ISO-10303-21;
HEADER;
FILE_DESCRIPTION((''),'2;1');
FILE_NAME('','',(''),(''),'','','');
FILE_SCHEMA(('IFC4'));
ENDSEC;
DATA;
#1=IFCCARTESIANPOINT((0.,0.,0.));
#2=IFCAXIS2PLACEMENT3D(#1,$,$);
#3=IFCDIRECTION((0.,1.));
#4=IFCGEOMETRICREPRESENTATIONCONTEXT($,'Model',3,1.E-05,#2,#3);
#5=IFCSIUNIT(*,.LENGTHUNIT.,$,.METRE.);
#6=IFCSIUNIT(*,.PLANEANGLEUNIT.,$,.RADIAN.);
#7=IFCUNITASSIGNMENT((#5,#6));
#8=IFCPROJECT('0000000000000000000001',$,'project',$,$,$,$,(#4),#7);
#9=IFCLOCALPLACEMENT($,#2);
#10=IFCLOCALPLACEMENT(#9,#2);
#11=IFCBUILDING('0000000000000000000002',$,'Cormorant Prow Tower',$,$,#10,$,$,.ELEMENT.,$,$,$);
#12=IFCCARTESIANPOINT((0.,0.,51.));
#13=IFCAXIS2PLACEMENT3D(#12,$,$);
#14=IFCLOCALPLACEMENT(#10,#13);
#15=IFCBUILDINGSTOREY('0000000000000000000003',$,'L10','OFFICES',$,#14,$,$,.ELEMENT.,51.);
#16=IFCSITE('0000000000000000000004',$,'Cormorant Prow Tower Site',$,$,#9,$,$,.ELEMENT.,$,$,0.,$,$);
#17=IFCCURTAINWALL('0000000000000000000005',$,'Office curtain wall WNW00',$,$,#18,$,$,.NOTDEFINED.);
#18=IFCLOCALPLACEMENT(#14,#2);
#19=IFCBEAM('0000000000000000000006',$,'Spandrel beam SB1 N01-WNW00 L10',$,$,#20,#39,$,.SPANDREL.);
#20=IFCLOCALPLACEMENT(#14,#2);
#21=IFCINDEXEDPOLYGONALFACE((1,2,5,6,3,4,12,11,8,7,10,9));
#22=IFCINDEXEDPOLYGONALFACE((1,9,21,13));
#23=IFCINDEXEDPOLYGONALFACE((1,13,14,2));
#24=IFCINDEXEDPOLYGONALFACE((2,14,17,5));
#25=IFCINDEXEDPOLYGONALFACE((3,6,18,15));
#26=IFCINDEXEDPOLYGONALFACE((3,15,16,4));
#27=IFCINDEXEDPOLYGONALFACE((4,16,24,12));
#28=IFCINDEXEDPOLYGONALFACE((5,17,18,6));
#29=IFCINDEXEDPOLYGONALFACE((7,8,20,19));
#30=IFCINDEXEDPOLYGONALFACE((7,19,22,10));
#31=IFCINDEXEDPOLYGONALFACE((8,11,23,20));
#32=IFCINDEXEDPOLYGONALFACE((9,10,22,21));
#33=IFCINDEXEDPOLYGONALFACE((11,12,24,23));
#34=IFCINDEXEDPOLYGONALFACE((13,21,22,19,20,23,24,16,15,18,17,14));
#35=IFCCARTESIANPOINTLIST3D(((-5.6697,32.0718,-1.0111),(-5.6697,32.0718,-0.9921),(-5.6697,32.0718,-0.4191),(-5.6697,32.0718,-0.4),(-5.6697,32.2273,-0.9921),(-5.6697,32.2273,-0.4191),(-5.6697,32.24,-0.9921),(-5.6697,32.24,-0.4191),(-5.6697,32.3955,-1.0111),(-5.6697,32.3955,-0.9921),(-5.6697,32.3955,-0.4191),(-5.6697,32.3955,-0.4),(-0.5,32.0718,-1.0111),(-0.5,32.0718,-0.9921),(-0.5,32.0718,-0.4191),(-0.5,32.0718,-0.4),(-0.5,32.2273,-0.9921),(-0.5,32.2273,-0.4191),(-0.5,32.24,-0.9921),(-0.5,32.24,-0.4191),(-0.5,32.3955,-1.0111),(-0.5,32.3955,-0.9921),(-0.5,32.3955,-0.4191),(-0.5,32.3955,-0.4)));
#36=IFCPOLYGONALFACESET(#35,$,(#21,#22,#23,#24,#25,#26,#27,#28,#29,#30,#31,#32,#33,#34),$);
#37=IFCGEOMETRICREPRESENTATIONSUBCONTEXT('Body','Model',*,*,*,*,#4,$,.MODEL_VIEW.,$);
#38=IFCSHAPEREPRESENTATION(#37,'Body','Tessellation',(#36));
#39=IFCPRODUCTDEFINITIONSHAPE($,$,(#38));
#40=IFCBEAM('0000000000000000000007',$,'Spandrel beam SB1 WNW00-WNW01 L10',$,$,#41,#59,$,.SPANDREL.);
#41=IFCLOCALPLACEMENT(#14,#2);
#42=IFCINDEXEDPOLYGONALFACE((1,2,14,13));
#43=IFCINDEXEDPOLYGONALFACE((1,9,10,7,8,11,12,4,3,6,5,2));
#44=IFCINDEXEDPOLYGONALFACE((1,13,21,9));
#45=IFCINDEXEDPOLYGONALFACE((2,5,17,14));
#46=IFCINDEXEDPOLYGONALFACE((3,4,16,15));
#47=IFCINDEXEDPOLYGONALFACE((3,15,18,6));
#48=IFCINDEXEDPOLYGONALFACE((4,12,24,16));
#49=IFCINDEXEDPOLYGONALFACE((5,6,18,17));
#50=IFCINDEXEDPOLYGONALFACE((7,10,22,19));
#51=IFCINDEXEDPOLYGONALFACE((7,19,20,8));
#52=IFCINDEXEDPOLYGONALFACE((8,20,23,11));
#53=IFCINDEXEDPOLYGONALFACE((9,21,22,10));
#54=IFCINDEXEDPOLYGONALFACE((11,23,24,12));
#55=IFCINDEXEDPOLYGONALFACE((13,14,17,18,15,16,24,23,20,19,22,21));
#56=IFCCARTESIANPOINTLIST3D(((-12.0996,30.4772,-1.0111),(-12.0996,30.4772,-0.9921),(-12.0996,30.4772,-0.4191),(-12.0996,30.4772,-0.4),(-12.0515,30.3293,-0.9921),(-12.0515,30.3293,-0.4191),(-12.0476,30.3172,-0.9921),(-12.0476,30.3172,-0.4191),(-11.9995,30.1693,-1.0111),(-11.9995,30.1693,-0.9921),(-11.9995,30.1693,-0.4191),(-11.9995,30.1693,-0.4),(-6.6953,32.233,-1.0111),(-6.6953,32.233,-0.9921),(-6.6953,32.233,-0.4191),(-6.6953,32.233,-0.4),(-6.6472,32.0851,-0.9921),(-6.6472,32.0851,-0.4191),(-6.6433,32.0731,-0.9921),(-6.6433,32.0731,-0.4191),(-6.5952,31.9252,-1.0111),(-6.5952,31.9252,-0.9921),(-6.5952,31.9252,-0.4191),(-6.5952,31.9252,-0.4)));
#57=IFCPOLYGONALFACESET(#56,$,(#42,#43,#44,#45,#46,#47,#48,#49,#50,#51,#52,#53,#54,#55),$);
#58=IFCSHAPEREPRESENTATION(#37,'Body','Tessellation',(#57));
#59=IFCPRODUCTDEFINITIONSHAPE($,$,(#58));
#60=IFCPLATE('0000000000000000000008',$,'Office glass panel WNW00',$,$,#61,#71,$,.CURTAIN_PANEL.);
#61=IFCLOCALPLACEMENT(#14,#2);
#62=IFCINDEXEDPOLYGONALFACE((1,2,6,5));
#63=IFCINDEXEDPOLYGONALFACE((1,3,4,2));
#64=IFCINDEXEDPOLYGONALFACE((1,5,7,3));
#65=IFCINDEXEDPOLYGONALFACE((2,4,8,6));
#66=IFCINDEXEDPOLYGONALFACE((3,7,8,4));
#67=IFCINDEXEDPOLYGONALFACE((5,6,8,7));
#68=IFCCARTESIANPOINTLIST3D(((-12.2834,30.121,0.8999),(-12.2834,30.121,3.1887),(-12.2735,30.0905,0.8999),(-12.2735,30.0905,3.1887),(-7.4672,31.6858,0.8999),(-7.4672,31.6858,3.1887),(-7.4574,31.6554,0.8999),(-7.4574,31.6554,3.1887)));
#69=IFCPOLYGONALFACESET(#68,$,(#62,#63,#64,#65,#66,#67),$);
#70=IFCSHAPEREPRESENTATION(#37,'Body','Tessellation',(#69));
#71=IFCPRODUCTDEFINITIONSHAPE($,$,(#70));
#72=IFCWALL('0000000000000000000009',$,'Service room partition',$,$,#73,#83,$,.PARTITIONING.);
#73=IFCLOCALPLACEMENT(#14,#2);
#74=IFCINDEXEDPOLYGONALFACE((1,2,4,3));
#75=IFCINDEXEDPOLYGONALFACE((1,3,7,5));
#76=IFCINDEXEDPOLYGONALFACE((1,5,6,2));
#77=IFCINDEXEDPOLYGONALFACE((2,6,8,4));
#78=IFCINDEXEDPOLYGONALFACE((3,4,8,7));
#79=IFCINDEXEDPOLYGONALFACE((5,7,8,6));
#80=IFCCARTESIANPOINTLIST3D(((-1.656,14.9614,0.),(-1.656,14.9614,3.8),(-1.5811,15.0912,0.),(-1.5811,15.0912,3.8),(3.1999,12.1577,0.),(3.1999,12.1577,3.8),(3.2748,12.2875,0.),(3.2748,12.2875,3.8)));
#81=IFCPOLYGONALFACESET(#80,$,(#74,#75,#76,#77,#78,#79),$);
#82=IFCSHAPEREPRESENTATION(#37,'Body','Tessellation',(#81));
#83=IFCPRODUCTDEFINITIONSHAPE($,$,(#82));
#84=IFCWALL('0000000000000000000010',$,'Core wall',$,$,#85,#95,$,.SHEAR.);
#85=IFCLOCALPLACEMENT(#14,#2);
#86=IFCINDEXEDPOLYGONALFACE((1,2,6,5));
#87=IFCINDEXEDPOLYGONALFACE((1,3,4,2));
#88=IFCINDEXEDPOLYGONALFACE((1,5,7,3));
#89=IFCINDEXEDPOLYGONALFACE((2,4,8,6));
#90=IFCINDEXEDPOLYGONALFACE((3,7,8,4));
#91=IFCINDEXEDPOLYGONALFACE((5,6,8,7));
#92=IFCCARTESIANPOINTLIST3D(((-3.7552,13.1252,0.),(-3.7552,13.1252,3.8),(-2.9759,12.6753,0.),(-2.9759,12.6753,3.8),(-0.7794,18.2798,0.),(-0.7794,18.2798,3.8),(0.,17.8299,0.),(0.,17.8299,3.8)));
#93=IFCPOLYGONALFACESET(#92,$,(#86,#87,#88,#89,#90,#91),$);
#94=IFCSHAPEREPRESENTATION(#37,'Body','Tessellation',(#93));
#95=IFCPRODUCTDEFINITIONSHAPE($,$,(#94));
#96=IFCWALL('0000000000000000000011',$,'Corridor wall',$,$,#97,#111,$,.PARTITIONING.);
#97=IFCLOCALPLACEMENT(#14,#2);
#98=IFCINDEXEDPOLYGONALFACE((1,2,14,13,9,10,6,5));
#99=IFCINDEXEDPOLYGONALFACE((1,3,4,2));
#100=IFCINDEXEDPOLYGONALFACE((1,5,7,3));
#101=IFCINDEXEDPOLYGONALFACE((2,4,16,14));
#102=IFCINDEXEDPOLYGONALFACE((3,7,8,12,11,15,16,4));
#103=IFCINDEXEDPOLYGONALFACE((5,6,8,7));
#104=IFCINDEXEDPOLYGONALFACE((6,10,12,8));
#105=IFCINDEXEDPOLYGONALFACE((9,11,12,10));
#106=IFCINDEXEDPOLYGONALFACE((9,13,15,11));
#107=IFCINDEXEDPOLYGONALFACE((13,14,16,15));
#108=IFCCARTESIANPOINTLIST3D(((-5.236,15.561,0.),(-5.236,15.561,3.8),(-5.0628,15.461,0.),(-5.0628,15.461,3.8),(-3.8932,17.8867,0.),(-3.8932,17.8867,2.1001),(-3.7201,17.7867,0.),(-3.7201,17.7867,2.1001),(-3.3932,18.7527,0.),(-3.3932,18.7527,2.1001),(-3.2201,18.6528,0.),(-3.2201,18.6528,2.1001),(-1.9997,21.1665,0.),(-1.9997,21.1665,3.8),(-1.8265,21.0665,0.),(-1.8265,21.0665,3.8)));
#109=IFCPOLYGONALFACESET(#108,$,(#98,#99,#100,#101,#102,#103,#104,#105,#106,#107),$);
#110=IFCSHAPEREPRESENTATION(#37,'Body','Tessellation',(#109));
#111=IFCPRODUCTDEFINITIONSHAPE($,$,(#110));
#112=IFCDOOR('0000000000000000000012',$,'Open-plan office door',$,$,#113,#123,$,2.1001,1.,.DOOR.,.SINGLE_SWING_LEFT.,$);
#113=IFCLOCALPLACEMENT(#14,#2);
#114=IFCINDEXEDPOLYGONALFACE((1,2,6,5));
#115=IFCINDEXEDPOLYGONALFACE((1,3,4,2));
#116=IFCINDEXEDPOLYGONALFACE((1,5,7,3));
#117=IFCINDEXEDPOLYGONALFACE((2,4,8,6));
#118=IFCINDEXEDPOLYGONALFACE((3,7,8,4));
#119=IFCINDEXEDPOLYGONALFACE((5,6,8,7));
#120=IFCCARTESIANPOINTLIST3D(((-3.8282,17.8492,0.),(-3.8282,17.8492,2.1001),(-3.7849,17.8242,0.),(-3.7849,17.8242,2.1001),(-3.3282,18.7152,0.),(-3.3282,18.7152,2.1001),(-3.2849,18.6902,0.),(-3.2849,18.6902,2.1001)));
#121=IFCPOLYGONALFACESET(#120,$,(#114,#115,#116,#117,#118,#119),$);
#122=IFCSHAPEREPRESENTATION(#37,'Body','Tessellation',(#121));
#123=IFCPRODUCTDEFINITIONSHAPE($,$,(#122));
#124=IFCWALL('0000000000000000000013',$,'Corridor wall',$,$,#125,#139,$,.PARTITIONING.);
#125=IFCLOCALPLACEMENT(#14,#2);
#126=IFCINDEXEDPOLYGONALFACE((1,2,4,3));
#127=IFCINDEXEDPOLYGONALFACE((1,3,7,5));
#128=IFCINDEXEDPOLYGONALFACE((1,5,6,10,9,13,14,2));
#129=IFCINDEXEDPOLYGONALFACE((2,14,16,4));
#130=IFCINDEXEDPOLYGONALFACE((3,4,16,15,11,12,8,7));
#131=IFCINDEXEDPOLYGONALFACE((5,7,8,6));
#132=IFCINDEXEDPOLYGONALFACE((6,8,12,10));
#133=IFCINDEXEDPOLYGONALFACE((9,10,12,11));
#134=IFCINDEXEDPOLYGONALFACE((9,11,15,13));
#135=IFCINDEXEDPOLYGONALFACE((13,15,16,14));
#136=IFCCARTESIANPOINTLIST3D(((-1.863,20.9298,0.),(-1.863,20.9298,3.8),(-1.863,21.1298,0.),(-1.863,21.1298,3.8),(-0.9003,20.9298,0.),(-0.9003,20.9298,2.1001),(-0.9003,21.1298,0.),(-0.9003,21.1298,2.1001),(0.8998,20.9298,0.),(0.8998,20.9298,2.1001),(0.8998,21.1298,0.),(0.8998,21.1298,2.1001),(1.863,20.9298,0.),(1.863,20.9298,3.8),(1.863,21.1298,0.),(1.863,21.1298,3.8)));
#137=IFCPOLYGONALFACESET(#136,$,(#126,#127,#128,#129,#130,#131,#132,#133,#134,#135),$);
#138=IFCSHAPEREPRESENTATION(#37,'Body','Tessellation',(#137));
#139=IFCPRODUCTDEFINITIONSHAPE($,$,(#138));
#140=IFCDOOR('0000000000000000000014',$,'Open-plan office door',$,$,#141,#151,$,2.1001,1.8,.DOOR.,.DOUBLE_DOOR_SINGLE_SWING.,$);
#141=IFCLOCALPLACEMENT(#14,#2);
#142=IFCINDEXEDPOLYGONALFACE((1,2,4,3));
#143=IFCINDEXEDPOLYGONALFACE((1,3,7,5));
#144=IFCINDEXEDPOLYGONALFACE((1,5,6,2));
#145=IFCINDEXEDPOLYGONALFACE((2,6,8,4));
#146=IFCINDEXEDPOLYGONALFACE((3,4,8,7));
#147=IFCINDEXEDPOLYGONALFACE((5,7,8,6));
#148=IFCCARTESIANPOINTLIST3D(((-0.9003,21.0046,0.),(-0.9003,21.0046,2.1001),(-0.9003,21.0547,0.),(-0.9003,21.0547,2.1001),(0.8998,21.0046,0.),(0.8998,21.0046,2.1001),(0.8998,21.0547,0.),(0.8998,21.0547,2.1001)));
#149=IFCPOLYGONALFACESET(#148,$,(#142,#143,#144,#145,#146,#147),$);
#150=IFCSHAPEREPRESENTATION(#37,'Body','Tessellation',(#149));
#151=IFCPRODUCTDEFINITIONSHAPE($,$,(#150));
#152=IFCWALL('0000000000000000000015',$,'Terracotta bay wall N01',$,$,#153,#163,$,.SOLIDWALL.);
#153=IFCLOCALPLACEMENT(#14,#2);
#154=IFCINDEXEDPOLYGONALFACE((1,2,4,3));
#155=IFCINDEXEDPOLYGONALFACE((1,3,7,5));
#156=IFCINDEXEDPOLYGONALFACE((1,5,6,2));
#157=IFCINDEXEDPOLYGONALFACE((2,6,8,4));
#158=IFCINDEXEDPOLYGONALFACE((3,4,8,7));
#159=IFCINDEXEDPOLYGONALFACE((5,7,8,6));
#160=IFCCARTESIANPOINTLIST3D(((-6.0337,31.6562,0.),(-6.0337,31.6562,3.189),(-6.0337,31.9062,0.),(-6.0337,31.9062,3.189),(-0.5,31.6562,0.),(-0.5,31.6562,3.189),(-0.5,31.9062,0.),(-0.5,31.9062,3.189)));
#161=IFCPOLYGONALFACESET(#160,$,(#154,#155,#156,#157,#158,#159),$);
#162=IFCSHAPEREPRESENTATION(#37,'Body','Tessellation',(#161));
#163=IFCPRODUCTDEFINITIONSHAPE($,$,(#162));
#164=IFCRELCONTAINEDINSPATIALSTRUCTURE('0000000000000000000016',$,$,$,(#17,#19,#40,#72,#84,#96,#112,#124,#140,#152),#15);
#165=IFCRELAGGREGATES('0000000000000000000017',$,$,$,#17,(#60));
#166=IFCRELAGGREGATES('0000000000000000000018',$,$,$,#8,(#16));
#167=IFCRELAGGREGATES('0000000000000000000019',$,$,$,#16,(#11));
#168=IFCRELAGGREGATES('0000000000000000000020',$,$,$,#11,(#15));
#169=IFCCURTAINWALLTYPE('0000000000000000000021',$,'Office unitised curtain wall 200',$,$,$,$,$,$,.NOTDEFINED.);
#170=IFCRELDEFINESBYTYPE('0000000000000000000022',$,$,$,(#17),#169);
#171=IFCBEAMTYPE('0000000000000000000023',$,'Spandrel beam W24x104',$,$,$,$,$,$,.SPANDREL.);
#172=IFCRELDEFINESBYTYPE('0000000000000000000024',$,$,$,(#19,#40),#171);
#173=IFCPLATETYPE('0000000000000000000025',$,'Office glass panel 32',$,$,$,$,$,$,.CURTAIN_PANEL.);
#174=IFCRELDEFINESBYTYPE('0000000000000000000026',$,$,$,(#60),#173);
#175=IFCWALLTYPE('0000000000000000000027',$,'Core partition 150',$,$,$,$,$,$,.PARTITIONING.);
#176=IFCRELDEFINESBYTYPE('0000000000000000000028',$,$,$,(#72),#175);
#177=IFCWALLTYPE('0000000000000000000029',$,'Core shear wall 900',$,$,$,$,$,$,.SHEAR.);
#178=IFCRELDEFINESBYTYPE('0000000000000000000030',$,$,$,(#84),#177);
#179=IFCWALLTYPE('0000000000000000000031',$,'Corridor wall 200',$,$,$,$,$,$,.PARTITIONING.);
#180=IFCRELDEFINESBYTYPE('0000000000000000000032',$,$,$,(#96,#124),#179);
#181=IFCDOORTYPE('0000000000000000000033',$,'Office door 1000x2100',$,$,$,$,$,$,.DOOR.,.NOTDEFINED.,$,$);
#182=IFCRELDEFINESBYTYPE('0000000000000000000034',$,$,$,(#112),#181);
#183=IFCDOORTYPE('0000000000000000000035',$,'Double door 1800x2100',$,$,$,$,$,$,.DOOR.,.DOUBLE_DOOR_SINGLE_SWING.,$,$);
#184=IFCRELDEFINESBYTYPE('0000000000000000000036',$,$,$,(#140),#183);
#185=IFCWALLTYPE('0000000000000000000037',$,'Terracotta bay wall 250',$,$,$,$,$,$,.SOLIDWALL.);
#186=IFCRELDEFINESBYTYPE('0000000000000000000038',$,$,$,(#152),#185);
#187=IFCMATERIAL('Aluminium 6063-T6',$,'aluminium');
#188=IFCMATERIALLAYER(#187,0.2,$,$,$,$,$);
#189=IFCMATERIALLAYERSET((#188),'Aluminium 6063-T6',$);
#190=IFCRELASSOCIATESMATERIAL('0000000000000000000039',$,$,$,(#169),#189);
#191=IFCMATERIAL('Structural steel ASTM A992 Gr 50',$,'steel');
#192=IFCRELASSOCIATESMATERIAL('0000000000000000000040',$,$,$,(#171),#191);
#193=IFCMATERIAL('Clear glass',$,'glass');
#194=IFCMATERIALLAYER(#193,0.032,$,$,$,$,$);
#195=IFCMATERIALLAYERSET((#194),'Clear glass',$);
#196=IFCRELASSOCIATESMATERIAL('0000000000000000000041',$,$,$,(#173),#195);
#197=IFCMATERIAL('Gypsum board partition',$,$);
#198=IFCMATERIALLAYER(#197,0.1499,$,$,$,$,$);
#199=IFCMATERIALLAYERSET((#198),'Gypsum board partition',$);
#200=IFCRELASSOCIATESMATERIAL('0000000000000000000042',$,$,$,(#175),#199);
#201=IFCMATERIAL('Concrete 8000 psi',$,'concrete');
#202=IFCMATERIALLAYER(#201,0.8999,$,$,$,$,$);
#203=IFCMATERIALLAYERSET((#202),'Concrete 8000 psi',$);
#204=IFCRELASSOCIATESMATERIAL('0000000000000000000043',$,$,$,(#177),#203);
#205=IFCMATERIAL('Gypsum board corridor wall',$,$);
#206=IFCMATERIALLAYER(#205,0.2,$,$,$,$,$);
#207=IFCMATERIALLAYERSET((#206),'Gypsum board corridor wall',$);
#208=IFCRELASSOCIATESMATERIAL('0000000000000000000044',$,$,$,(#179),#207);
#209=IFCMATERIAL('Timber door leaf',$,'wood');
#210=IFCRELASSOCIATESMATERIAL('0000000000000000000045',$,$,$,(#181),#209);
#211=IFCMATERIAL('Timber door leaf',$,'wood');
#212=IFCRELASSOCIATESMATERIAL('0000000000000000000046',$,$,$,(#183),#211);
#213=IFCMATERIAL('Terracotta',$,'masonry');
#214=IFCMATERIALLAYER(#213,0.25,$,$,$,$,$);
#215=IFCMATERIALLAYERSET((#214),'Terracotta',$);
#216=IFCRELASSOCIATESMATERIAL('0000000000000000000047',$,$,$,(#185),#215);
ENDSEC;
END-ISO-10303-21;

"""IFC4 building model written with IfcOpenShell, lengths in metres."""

from ifc_helpers import new_model, si_unit, direction, frame, frame_2d, origin, origin_2d, place, context, subcontext, project, spatial, rectangle, i_section, extrude, material, layer, layer_set, material_profile, profile_set, type_object, element, fill, aggregate, save


model = new_model("IFC4")

# Units and contexts
model_context = context("Model", 3, precision=1e-05, world=origin(), true_north=direction((0.0, 1.0)))
body_context = subcontext(model_context, "Body", "Model", "MODEL_VIEW")
ifc_project = project(units=[si_unit("LENGTHUNIT", "METRE"), si_unit("PLANEANGLEUNIT", "RADIAN")], contexts=[model_context])

# Site, building, storey
site_placement = place(None, origin())
site = spatial("IfcSite", under=ifc_project, at=site_placement, Name="Cormorant Prow Tower Site", CompositionType="ELEMENT", RefElevation=0.0)
building_placement = place(site_placement, origin())
building = spatial("IfcBuilding", under=site, at=building_placement, Name="Cormorant Prow Tower", CompositionType="ELEMENT")
storey_placement = place(building_placement, frame((0.0, 0.0, 51.0)))
storey = spatial("IfcBuildingStorey", under=building, at=storey_placement, Name="L10", Description="OFFICES", CompositionType="ELEMENT", Elevation=51.0)

# Curtain wall
ifc_material_1 = material(Name="Aluminium 6063-T6", Category="aluminium")
ifc_layer_1 = layer(ifc_material_1, 0.2)
ifc_layer_set_1 = layer_set([ifc_layer_1], Name="Aluminium 6063-T6")
curtain_wall_type = type_object("IfcCurtainWallType", Name="Office unitised curtain wall 200", PredefinedType="NOTDEFINED", material=ifc_layer_set_1)
curtain_wall_placement = place(storey_placement, origin())
curtain_wall = element("IfcCurtainWall", 1, at=curtain_wall_placement, inside=storey, type_object=curtain_wall_type, Name="Office curtain wall WNW00", PredefinedType="NOTDEFINED")

# Beams
ifc_material_2 = material(Name="Structural steel ASTM A992 Gr 50", Category="steel")
ifc_material_profile_1 = material_profile(ifc_material_2, i_section(OverallWidth=0.3237, OverallDepth=0.6111, WebThickness=0.0127, FlangeThickness=0.019, at=origin_2d()), Name="W24x104")
ifc_profile_set_1 = profile_set([ifc_material_profile_1], Name="Structural steel ASTM A992 Gr 50")
beam_type_1 = type_object("IfcBeamType", Name="Spandrel beam W24x104", PredefinedType="SPANDREL", material=ifc_profile_set_1)
beam_1_placement = place(storey_placement, frame((-0.5, 32.2336, -0.7056), z_axis=(-1.0, 0.0, 0.0), x_axis=(0.0, -1.0, 0.0)))
element("IfcBeam", 2, at=beam_1_placement, inside=storey, type_object=beam_type_1, Name="Spandrel beam SB1 N01-WNW00 L10", PredefinedType="SPANDREL", context=body_context, shape_type="SweptSolid", body=[
    extrude(i_section(OverallWidth=0.3237, OverallDepth=0.6111, WebThickness=0.0127, FlangeThickness=0.019, at=origin_2d()), origin(), (0.0, 0.0, 1.0), 5.1697),
])
beam_2_placement = place(storey_placement, frame((-6.6453, 32.0791, -0.7056), z_axis=(-0.951062, -0.309001, 0.0), x_axis=(0.309001, -0.951062, 0.0)))
element("IfcBeam", 3, at=beam_2_placement, inside=storey, type_object=beam_type_1, Name="Spandrel beam SB1 WNW00-WNW01 L10", PredefinedType="SPANDREL", context=body_context, shape_type="SweptSolid", body=[
    extrude(i_section(OverallWidth=0.3237, OverallDepth=0.6111, WebThickness=0.0127, FlangeThickness=0.019, at=origin_2d()), origin(), (0.0, 0.0, 1.0), 5.6824),
])

# Plate
ifc_material_3 = material(Name="Clear glass", Category="glass")
ifc_layer_2 = layer(ifc_material_3, 0.032)
ifc_layer_set_2 = layer_set([ifc_layer_2], Name="Clear glass")
plate_type = type_object("IfcPlateType", Name="Office glass panel 32", PredefinedType="CURTAIN_PANEL", material=ifc_layer_set_2)
plate_placement = place(storey_placement, frame((-9.8704, 30.8882, 0.8999), z_axis=(0.0, 0.0, 1.0), x_axis=(-0.951057, -0.309017, 0.0)))
plate = element("IfcPlate", 4, at=plate_placement, type_object=plate_type, Name="Office glass panel WNW00", PredefinedType="CURTAIN_PANEL", context=body_context, shape_type="SweptSolid", body=[
    extrude(rectangle(XDim=5.064, YDim=0.032, at=origin_2d()), origin(), (0.0, 0.0, 1.0), 2.2888),
])
aggregate(curtain_wall, [plate])

# Walls
ifc_material_4 = material(Name="Gypsum board partition")
ifc_layer_3 = layer(ifc_material_4, 0.1499)
ifc_layer_set_3 = layer_set([ifc_layer_3], Name="Gypsum board partition")
wall_type_1 = type_object("IfcWallType", Name="Core partition 150", PredefinedType="PARTITIONING", material=ifc_layer_set_3)
wall_1_placement = place(storey_placement, frame((-1.6187, 15.0264, 0.0), z_axis=(0.0, 0.0, 1.0), x_axis=(0.866016, -0.500016, 0.0)))
element("IfcWall", 5, at=wall_1_placement, inside=storey, type_object=wall_type_1, Name="Service room partition", PredefinedType="PARTITIONING", context=body_context, shape_type="SweptSolid", body=[
    extrude(rectangle(XDim=5.6072, YDim=0.1499, at=frame_2d((2.8037, 0.0))), origin(), (0.0, 0.0, 1.0), 3.8),
])
ifc_material_5 = material(Name="Concrete 8000 psi", Category="concrete")
ifc_layer_4 = layer(ifc_material_5, 0.8999)
ifc_layer_set_4 = layer_set([ifc_layer_4], Name="Concrete 8000 psi")
wall_type_2 = type_object("IfcWallType", Name="Core shear wall 900", PredefinedType="SHEAR", material=ifc_layer_set_4)
wall_2_placement = place(storey_placement, frame((-0.3896, 18.0549, 0.0), z_axis=(0.0, 0.0, 1.0), x_axis=(-0.499982, -0.866036, 0.0)))
element("IfcWall", 6, at=wall_2_placement, inside=storey, type_object=wall_type_2, Name="Core wall", PredefinedType="SHEAR", context=body_context, shape_type="SweptSolid", body=[
    extrude(rectangle(XDim=5.9519, YDim=0.8999, at=frame_2d((2.9761, 0.0))), origin(), (0.0, 0.0, 1.0), 3.8),
])

# Walls, openings, doors
ifc_material_6 = material(Name="Gypsum board corridor wall")
ifc_layer_5 = layer(ifc_material_6, 0.2)
ifc_layer_set_5 = layer_set([ifc_layer_5], Name="Gypsum board corridor wall")
wall_type_3 = type_object("IfcWallType", Name="Corridor wall 200", PredefinedType="PARTITIONING", material=ifc_layer_set_5)
wall_3_placement = place(storey_placement, frame((-5.1494, 15.511, 0.0), z_axis=(0.0, 0.0, 1.0), x_axis=(0.500001, 0.866025, 0.0)))
wall_3 = element("IfcWall", 7, at=wall_3_placement, inside=storey, type_object=wall_type_3, Name="Corridor wall", PredefinedType="PARTITIONING", context=body_context, shape_type="SweptSolid", body=[
    extrude(rectangle(XDim=6.4727, YDim=0.2, at=frame_2d((3.2363, 0.0))), origin(), (0.0, 0.0, 1.0), 3.8),
])
opening_1_placement = place(wall_3_placement, frame((2.6855, 0.0, 0.0)))
opening_1 = element("IfcOpeningElement", 8, at=opening_1_placement, cuts=wall_3, PredefinedType="OPENING", context=body_context, shape_type="SweptSolid", body=[
    extrude(rectangle(XDim=1.0, YDim=2.1001, at=frame_2d((0.5, 1.05))), frame((0.0, 0.1099, 0.0), z_axis=(0.0, -1.0, 0.0), x_axis=(1.0, 0.0, 0.0)), (0.0, 0.0, 1.0), 0.22),
])
ifc_material_7 = material(Name="Timber door leaf", Category="wood")
door_type_1 = type_object("IfcDoorType", Name="Office door 1000x2100", OperationType="NOTDEFINED", PredefinedType="DOOR", material=ifc_material_7)
door_1_placement = place(opening_1_placement, origin())
door_1 = element("IfcDoor", 9, at=door_1_placement, inside=storey, type_object=door_type_1, Name="Open-plan office door", OperationType="SINGLE_SWING_LEFT", OverallHeight=2.1001, OverallWidth=1.0, PredefinedType="DOOR", context=body_context, shape_type="SweptSolid", body=[
    extrude(rectangle(XDim=1.0, YDim=2.1001, at=frame_2d((0.5, 1.05))), frame((0.0, 0.0249, 0.0), z_axis=(0.0, -1.0, 0.0), x_axis=(1.0, 0.0, 0.0)), (0.0, 0.0, 1.0), 0.05),
])
fill(opening_1, door_1)
wall_4_placement = place(storey_placement, frame((-1.863, 21.0298, 0.0), z_axis=(0.0, 0.0, 1.0), x_axis=(1.0, 0.0, 0.0)))
wall_4 = element("IfcWall", 10, at=wall_4_placement, inside=storey, type_object=wall_type_3, Name="Corridor wall", PredefinedType="PARTITIONING", context=body_context, shape_type="SweptSolid", body=[
    extrude(rectangle(XDim=3.7261, YDim=0.2, at=frame_2d((1.863, 0.0))), origin(), (0.0, 0.0, 1.0), 3.8),
])
opening_2_placement = place(wall_4_placement, frame((0.9629, 0.0, 0.0)))
opening_2 = element("IfcOpeningElement", 11, at=opening_2_placement, cuts=wall_4, PredefinedType="OPENING", context=body_context, shape_type="SweptSolid", body=[
    extrude(rectangle(XDim=1.8, YDim=2.1001, at=frame_2d((0.8999, 1.05))), frame((0.0, 0.1099, 0.0), z_axis=(0.0, -1.0, 0.0), x_axis=(1.0, 0.0, 0.0)), (0.0, 0.0, 1.0), 0.22),
])
ifc_material_8 = material(Name="Timber door leaf", Category="wood")
door_type_2 = type_object("IfcDoorType", Name="Double door 1800x2100", OperationType="DOUBLE_DOOR_SINGLE_SWING", PredefinedType="DOOR", material=ifc_material_8)
door_2_placement = place(opening_2_placement, origin())
door_2 = element("IfcDoor", 12, at=door_2_placement, inside=storey, type_object=door_type_2, Name="Open-plan office door", OperationType="DOUBLE_DOOR_SINGLE_SWING", OverallHeight=2.1001, OverallWidth=1.8, PredefinedType="DOOR", context=body_context, shape_type="SweptSolid", body=[
    extrude(rectangle(XDim=1.8, YDim=2.1001, at=frame_2d((0.8999, 1.05))), frame((0.0, 0.0249, 0.0), z_axis=(0.0, -1.0, 0.0), x_axis=(1.0, 0.0, 0.0)), (0.0, 0.0, 1.0), 0.05),
])
fill(opening_2, door_2)

# Wall
ifc_material_9 = material(Name="Terracotta", Category="masonry")
ifc_layer_6 = layer(ifc_material_9, 0.25)
ifc_layer_set_6 = layer_set([ifc_layer_6], Name="Terracotta")
wall_type_4 = type_object("IfcWallType", Name="Terracotta bay wall 250", PredefinedType="SOLIDWALL", material=ifc_layer_set_6)
wall_5_placement = place(storey_placement, frame((-0.5, 31.7812, 0.0), z_axis=(0.0, 0.0, 1.0), x_axis=(-1.0, 0.0, 0.0)))
element("IfcWall", 13, at=wall_5_placement, inside=storey, type_object=wall_type_4, Name="Terracotta bay wall N01", PredefinedType="SOLIDWALL", context=body_context, shape_type="SweptSolid", body=[
    extrude(rectangle(XDim=5.5337, YDim=0.25, at=frame_2d((2.7668, 0.0))), origin(), (0.0, 0.0, 1.0), 3.189),
])

save(model, "model.ifc")
